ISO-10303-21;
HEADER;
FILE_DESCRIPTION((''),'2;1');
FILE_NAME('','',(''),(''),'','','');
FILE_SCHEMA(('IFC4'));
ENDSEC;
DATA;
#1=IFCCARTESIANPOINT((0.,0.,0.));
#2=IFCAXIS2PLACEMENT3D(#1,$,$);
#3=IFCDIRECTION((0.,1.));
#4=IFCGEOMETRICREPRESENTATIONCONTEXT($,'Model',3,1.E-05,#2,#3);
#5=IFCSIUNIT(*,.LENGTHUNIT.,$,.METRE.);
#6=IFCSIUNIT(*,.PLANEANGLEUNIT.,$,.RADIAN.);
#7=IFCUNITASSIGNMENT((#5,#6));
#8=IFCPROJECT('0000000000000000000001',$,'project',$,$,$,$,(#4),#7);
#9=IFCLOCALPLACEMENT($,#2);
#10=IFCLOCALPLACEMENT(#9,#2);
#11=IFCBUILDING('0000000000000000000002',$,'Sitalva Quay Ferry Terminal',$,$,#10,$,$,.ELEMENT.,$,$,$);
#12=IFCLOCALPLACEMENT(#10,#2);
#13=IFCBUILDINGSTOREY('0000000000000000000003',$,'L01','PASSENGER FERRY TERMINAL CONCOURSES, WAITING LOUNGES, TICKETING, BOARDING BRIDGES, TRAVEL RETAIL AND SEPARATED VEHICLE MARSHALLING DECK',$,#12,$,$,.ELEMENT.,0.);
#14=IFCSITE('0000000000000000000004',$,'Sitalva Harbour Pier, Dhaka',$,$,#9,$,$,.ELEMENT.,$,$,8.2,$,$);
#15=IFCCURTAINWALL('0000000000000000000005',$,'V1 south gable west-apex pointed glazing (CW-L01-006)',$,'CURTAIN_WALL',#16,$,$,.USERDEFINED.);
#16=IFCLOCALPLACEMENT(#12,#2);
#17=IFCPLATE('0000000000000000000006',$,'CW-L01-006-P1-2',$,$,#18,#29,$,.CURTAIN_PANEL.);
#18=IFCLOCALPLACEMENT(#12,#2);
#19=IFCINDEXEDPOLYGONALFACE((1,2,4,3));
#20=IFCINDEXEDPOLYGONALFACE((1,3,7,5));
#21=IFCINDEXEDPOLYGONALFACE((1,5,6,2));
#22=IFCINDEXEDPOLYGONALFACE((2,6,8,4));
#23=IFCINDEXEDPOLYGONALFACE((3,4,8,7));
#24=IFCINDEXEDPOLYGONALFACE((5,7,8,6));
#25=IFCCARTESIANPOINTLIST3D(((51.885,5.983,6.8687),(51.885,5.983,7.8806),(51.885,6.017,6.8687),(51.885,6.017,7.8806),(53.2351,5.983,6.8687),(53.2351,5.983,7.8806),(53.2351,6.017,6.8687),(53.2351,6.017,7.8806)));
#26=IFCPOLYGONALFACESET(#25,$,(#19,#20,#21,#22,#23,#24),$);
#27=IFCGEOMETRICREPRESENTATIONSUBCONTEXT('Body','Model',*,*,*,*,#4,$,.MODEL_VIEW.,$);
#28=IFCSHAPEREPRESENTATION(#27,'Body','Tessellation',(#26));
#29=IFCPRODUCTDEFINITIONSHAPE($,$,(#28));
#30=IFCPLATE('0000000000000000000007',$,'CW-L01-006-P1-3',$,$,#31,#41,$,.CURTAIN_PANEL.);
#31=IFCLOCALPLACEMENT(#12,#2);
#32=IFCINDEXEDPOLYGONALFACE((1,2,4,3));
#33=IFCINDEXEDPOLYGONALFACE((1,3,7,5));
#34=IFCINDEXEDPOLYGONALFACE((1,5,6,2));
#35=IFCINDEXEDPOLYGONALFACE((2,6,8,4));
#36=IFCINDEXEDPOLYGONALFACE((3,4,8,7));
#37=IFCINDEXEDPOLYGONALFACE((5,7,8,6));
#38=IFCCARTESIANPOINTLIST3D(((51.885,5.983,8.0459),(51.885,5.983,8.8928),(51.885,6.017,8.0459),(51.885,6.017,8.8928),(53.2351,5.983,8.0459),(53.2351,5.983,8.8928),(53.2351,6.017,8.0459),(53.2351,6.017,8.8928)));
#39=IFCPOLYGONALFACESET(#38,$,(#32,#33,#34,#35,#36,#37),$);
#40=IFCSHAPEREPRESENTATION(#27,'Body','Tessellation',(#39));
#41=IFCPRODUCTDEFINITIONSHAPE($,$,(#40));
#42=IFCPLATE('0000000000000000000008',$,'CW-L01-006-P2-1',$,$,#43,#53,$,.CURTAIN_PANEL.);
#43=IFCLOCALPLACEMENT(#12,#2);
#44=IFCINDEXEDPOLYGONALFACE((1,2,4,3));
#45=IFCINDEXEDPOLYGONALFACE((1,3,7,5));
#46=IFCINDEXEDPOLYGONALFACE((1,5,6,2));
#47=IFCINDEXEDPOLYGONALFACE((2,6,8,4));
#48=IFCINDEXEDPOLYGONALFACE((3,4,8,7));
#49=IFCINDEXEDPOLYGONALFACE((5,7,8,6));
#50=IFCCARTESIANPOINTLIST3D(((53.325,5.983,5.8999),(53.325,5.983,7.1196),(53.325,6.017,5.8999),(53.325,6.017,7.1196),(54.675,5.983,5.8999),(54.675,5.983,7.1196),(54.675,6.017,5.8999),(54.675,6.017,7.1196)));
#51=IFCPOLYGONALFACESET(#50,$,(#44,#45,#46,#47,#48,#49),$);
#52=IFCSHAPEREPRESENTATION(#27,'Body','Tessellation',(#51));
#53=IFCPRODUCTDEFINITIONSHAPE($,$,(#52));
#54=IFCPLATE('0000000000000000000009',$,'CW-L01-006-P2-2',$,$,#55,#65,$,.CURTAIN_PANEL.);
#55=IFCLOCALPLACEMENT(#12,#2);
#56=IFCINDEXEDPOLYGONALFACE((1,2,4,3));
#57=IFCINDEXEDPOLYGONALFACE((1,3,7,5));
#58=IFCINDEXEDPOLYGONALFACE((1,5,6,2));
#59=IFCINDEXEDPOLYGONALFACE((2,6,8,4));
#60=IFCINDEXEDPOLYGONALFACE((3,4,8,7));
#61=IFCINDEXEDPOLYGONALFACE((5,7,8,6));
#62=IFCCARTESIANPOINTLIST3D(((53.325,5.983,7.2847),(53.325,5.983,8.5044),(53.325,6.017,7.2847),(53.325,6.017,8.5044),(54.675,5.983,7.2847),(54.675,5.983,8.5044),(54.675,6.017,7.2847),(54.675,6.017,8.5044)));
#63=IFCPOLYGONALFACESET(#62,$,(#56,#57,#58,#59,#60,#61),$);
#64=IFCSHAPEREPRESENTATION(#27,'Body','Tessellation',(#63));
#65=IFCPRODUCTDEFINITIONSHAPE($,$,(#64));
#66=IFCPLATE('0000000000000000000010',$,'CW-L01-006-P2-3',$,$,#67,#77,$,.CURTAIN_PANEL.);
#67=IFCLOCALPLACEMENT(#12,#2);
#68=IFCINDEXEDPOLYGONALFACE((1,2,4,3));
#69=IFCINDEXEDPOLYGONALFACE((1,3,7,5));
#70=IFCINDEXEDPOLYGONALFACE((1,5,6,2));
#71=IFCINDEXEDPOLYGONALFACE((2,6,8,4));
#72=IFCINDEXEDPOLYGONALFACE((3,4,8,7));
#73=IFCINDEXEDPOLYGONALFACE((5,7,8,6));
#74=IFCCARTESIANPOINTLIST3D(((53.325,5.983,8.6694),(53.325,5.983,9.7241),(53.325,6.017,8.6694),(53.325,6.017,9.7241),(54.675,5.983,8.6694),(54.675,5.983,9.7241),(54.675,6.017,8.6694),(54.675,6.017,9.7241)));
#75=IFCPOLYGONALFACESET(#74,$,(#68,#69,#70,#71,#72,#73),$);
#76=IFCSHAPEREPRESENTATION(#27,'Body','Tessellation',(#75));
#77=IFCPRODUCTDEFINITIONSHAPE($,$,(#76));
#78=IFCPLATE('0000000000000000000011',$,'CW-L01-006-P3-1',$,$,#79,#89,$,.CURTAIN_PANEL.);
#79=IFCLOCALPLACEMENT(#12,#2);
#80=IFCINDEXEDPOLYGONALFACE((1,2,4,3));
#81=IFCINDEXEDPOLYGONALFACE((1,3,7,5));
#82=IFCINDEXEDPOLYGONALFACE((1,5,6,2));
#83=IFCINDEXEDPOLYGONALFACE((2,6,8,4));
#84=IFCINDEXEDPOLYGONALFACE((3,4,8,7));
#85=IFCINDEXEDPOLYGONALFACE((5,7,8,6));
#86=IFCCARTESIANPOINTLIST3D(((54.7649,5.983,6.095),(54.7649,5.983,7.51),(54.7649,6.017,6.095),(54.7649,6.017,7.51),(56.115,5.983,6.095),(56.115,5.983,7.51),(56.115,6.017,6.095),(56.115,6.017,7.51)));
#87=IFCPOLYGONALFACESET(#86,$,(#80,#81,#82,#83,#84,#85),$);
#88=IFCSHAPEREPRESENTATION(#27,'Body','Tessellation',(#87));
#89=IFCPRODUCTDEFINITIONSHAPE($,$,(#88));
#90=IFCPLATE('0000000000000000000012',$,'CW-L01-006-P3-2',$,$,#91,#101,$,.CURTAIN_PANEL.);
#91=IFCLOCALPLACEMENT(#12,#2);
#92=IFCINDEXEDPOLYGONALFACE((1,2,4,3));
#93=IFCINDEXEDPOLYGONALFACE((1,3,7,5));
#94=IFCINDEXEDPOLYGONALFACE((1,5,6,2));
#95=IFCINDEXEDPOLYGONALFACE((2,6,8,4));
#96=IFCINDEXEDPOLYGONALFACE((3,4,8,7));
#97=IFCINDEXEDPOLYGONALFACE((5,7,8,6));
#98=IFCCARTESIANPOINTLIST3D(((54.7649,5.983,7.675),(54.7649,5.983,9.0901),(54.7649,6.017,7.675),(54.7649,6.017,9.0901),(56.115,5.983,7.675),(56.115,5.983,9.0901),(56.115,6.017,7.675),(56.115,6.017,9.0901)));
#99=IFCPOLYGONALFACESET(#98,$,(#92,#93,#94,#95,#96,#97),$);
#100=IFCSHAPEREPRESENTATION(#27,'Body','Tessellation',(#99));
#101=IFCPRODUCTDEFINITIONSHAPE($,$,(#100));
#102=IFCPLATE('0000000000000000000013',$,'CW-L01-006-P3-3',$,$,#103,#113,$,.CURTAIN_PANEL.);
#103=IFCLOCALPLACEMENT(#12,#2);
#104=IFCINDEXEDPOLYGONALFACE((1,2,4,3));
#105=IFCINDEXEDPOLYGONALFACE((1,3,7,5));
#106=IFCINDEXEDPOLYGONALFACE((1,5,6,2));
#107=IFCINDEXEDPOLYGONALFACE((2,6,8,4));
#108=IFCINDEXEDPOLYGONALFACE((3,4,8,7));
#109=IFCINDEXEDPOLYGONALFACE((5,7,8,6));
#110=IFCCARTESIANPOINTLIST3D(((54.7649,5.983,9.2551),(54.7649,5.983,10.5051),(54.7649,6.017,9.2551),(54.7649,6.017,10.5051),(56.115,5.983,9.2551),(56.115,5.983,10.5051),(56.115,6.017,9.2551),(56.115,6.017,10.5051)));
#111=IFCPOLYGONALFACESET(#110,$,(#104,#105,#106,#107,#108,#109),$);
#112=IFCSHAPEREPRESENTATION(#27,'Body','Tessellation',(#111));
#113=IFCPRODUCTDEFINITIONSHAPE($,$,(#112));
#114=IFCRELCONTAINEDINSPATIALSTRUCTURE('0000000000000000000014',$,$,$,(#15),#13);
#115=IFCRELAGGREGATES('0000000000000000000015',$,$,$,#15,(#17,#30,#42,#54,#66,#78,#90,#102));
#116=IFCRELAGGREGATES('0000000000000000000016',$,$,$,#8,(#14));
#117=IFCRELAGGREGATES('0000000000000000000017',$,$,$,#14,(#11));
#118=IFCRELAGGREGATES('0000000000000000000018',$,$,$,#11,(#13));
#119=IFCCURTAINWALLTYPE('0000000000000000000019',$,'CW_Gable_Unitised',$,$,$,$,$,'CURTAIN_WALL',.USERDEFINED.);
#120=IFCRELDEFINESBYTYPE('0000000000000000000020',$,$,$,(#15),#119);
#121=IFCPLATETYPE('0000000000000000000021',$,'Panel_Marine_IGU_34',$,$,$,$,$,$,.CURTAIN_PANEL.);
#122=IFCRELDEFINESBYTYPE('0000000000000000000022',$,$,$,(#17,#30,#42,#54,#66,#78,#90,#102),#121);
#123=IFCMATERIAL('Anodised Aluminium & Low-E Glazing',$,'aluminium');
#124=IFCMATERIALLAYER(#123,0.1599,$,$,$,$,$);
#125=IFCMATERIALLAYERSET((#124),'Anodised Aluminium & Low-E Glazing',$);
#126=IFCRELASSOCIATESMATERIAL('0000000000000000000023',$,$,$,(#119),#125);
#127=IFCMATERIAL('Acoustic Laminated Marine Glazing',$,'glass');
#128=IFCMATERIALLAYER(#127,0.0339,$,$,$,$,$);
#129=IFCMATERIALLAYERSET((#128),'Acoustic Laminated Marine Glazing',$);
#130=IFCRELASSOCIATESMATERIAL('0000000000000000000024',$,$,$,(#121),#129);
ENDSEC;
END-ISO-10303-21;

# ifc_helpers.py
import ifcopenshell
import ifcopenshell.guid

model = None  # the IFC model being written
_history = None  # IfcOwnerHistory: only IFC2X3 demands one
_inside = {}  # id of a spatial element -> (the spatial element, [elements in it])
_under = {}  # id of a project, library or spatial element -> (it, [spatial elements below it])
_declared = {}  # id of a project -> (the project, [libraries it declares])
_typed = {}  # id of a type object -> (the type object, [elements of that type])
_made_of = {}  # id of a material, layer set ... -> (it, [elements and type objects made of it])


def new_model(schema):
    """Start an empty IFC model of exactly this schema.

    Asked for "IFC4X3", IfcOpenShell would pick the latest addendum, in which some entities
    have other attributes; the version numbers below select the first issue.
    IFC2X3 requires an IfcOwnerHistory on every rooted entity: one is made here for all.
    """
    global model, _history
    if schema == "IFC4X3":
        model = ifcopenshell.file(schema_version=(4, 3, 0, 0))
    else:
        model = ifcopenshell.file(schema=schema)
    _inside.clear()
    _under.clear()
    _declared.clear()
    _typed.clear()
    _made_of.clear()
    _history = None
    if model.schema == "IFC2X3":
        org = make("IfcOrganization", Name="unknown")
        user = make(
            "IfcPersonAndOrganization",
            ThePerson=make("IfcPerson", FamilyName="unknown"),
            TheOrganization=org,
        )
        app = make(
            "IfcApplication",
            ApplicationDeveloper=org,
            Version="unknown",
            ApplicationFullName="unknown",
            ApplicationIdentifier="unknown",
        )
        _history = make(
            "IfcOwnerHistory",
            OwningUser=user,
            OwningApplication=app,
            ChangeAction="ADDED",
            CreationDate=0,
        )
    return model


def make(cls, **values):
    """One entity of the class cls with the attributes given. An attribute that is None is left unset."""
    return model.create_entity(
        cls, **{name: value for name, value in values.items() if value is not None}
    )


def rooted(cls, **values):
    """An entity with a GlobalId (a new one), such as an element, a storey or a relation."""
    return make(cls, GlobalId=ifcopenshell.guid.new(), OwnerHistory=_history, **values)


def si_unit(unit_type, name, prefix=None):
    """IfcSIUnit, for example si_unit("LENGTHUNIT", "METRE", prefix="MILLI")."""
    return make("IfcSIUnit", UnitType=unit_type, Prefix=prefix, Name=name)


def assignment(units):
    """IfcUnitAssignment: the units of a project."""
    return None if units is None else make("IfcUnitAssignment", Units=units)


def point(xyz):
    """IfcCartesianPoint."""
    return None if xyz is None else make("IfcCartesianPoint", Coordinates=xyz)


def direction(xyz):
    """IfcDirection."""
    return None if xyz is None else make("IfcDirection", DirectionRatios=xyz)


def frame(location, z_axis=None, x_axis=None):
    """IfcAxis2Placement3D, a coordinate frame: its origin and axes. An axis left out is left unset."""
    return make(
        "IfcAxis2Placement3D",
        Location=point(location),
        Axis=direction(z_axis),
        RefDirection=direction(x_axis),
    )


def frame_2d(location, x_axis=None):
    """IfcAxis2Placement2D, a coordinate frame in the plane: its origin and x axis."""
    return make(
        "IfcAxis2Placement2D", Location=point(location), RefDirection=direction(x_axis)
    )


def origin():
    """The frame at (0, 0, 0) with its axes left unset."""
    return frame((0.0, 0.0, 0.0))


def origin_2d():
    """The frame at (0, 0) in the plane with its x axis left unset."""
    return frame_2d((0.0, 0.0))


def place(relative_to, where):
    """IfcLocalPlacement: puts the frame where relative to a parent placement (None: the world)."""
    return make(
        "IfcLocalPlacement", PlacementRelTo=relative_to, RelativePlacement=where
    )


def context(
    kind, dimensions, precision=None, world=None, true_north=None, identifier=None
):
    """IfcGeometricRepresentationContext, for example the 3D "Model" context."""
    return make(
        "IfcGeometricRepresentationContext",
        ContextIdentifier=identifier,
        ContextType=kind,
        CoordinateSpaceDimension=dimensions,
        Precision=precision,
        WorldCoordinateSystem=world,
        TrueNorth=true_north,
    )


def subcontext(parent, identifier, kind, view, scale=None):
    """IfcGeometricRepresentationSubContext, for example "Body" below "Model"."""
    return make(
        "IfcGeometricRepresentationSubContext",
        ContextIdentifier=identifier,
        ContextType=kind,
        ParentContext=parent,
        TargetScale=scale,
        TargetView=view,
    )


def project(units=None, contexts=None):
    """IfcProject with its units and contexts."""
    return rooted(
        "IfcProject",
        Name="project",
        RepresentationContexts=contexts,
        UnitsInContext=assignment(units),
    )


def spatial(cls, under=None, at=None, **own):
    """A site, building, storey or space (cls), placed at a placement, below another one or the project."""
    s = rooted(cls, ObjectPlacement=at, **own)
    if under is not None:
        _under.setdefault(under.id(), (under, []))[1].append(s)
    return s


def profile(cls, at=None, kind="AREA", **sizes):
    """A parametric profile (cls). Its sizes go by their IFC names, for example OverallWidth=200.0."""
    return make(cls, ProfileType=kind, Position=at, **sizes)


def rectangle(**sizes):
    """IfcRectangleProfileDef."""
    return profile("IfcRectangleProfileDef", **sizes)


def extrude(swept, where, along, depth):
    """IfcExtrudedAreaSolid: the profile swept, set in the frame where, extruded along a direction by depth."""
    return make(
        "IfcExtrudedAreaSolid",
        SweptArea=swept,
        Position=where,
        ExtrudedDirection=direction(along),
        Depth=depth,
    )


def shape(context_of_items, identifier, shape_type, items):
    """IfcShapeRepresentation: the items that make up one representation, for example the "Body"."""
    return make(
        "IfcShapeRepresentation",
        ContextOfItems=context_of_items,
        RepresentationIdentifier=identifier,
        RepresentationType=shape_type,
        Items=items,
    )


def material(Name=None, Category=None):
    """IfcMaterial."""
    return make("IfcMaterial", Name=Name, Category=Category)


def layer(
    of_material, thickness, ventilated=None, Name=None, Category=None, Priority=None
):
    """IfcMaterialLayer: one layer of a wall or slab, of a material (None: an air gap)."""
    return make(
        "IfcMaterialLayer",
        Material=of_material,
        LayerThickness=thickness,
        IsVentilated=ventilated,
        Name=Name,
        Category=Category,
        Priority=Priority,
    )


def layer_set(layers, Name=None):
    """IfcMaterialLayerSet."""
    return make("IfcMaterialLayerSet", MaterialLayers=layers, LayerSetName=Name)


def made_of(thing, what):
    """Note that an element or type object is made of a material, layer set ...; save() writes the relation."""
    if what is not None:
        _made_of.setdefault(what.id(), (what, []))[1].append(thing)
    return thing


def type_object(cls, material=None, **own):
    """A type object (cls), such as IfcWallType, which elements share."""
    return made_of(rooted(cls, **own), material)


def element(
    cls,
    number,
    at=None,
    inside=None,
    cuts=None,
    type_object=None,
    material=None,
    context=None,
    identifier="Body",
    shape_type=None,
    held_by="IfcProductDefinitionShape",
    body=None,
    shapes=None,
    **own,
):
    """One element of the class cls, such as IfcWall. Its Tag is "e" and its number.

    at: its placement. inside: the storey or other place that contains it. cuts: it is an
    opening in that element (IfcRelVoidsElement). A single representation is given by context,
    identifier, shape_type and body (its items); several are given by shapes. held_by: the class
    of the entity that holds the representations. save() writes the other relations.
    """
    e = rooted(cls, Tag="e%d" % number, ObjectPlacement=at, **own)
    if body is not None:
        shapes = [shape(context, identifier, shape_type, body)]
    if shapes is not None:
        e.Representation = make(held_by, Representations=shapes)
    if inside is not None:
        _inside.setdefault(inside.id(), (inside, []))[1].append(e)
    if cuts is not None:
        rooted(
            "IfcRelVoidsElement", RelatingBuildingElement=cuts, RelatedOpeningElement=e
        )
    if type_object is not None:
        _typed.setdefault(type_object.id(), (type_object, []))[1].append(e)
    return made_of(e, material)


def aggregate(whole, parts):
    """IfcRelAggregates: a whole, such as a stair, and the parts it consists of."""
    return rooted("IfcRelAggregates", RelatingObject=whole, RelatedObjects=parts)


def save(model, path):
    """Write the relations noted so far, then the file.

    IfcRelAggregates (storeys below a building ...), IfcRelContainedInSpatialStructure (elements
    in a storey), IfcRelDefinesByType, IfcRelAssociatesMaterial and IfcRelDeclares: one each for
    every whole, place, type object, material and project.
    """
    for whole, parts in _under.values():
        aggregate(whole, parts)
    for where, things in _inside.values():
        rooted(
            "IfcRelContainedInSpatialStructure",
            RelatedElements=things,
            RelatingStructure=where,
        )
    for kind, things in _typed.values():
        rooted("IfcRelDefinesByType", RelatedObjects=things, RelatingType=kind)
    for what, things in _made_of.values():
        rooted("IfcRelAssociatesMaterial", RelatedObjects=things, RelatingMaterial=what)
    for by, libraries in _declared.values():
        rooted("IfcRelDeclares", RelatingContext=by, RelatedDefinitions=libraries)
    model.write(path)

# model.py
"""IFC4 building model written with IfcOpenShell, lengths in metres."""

from ifc_helpers import new_model, si_unit, direction, frame, origin, origin_2d, place, context, subcontext, project, spatial, rectangle, extrude, material, layer, layer_set, type_object, element, aggregate, save


model = new_model("IFC4")

# Units and contexts
model_context = context("Model", 3, precision=1e-05, world=origin(), true_north=direction((0.0, 1.0)))
body_context = subcontext(model_context, "Body", "Model", "MODEL_VIEW")
ifc_project = project(units=[si_unit("LENGTHUNIT", "METRE"), si_unit("PLANEANGLEUNIT", "RADIAN")], contexts=[model_context])

# Site, building, storey
site_placement = place(None, origin())
site = spatial("IfcSite", under=ifc_project, at=site_placement, Name="Sitalva Harbour Pier, Dhaka", CompositionType="ELEMENT", RefElevation=8.2)
building_placement = place(site_placement, origin())
building = spatial("IfcBuilding", under=site, at=building_placement, Name="Sitalva Quay Ferry Terminal", CompositionType="ELEMENT")
storey_placement = place(building_placement, origin())
storey = spatial("IfcBuildingStorey", under=building, at=storey_placement, Name="L01", Description="PASSENGER FERRY TERMINAL CONCOURSES, WAITING LOUNGES, TICKETING, BOARDING BRIDGES, TRAVEL RETAIL AND SEPARATED VEHICLE MARSHALLING DECK", CompositionType="ELEMENT", Elevation=0.0)

# Curtain wall, plates
ifc_material_1 = material(Name="Anodised Aluminium & Low-E Glazing", Category="aluminium")
ifc_layer_1 = layer(ifc_material_1, 0.1599)
ifc_layer_set_1 = layer_set([ifc_layer_1], Name="Anodised Aluminium & Low-E Glazing")
curtain_wall_type = type_object("IfcCurtainWallType", Name="CW_Gable_Unitised", ElementType="CURTAIN_WALL", PredefinedType="USERDEFINED", material=ifc_layer_set_1)
curtain_wall_placement = place(storey_placement, origin())
curtain_wall = element("IfcCurtainWall", 1, at=curtain_wall_placement, inside=storey, type_object=curtain_wall_type, Name="V1 south gable west-apex pointed glazing (CW-L01-006)", ObjectType="CURTAIN_WALL", PredefinedType="USERDEFINED")
ifc_material_2 = material(Name="Acoustic Laminated Marine Glazing", Category="glass")
ifc_layer_2 = layer(ifc_material_2, 0.0339)
ifc_layer_set_2 = layer_set([ifc_layer_2], Name="Acoustic Laminated Marine Glazing")
plate_type = type_object("IfcPlateType", Name="Panel_Marine_IGU_34", PredefinedType="CURTAIN_PANEL", material=ifc_layer_set_2)
plate_1_placement = place(storey_placement, frame((52.5601, 6.0, 6.8687), z_axis=(0.0, 0.0, 1.0), x_axis=(1.0, 0.0, 0.0)))
plate_1 = element("IfcPlate", 2, at=plate_1_placement, type_object=plate_type, Name="CW-L01-006-P1-2", PredefinedType="CURTAIN_PANEL", context=body_context, shape_type="SweptSolid", body=[
    extrude(rectangle(XDim=1.3501, YDim=0.0339, at=origin_2d()), origin(), (0.0, 0.0, 1.0), 1.012),
])
plate_2_placement = place(storey_placement, frame((52.5601, 6.0, 8.0459), z_axis=(0.0, 0.0, 1.0), x_axis=(1.0, 0.0, 0.0)))
plate_2 = element("IfcPlate", 3, at=plate_2_placement, type_object=plate_type, Name="CW-L01-006-P1-3", PredefinedType="CURTAIN_PANEL", context=body_context, shape_type="SweptSolid", body=[
    extrude(rectangle(XDim=1.3501, YDim=0.0339, at=origin_2d()), origin(), (0.0, 0.0, 1.0), 0.8469),
])
plate_3_placement = place(storey_placement, frame((54.0, 6.0, 5.8999), z_axis=(0.0, 0.0, 1.0), x_axis=(1.0, 0.0, 0.0)))
plate_3 = element("IfcPlate", 4, at=plate_3_placement, type_object=plate_type, Name="CW-L01-006-P2-1", PredefinedType="CURTAIN_PANEL", context=body_context, shape_type="SweptSolid", body=[
    extrude(rectangle(XDim=1.3501, YDim=0.0339, at=origin_2d()), origin(), (0.0, 0.0, 1.0), 1.2197),
])
plate_4_placement = place(storey_placement, frame((54.0, 6.0, 7.2847), z_axis=(0.0, 0.0, 1.0), x_axis=(1.0, 0.0, 0.0)))
plate_4 = element("IfcPlate", 5, at=plate_4_placement, type_object=plate_type, Name="CW-L01-006-P2-2", PredefinedType="CURTAIN_PANEL", context=body_context, shape_type="SweptSolid", body=[
    extrude(rectangle(XDim=1.3501, YDim=0.0339, at=origin_2d()), origin(), (0.0, 0.0, 1.0), 1.2197),
])
plate_5_placement = place(storey_placement, frame((54.0, 6.0, 8.6694), z_axis=(0.0, 0.0, 1.0), x_axis=(1.0, 0.0, 0.0)))
plate_5 = element("IfcPlate", 6, at=plate_5_placement, type_object=plate_type, Name="CW-L01-006-P2-3", PredefinedType="CURTAIN_PANEL", context=body_context, shape_type="SweptSolid", body=[
    extrude(rectangle(XDim=1.3501, YDim=0.0339, at=origin_2d()), origin(), (0.0, 0.0, 1.0), 1.0547),
])
plate_6_placement = place(storey_placement, frame((55.4399, 6.0, 6.095), z_axis=(0.0, 0.0, 1.0), x_axis=(1.0, 0.0, 0.0)))
plate_6 = element("IfcPlate", 7, at=plate_6_placement, type_object=plate_type, Name="CW-L01-006-P3-1", PredefinedType="CURTAIN_PANEL", context=body_context, shape_type="SweptSolid", body=[
    extrude(rectangle(XDim=1.3501, YDim=0.0339, at=origin_2d()), origin(), (0.0, 0.0, 1.0), 1.415),
])
plate_7_placement = place(storey_placement, frame((55.4399, 6.0, 7.675), z_axis=(0.0, 0.0, 1.0), x_axis=(1.0, 0.0, 0.0)))
plate_7 = element("IfcPlate", 8, at=plate_7_placement, type_object=plate_type, Name="CW-L01-006-P3-2", PredefinedType="CURTAIN_PANEL", context=body_context, shape_type="SweptSolid", body=[
    extrude(rectangle(XDim=1.3501, YDim=0.0339, at=origin_2d()), origin(), (0.0, 0.0, 1.0), 1.415),
])
plate_8_placement = place(storey_placement, frame((55.4399, 6.0, 9.2551), z_axis=(0.0, 0.0, 1.0), x_axis=(1.0, 0.0, 0.0)))
plate_8 = element("IfcPlate", 9, at=plate_8_placement, type_object=plate_type, Name="CW-L01-006-P3-3", PredefinedType="CURTAIN_PANEL", context=body_context, shape_type="SweptSolid", body=[
    extrude(rectangle(XDim=1.3501, YDim=0.0339, at=origin_2d()), origin(), (0.0, 0.0, 1.0), 1.25),
])
aggregate(curtain_wall, [plate_1, plate_2, plate_3, plate_4, plate_5, plate_6, plate_7, plate_8])

save(model, "model.ifc")
